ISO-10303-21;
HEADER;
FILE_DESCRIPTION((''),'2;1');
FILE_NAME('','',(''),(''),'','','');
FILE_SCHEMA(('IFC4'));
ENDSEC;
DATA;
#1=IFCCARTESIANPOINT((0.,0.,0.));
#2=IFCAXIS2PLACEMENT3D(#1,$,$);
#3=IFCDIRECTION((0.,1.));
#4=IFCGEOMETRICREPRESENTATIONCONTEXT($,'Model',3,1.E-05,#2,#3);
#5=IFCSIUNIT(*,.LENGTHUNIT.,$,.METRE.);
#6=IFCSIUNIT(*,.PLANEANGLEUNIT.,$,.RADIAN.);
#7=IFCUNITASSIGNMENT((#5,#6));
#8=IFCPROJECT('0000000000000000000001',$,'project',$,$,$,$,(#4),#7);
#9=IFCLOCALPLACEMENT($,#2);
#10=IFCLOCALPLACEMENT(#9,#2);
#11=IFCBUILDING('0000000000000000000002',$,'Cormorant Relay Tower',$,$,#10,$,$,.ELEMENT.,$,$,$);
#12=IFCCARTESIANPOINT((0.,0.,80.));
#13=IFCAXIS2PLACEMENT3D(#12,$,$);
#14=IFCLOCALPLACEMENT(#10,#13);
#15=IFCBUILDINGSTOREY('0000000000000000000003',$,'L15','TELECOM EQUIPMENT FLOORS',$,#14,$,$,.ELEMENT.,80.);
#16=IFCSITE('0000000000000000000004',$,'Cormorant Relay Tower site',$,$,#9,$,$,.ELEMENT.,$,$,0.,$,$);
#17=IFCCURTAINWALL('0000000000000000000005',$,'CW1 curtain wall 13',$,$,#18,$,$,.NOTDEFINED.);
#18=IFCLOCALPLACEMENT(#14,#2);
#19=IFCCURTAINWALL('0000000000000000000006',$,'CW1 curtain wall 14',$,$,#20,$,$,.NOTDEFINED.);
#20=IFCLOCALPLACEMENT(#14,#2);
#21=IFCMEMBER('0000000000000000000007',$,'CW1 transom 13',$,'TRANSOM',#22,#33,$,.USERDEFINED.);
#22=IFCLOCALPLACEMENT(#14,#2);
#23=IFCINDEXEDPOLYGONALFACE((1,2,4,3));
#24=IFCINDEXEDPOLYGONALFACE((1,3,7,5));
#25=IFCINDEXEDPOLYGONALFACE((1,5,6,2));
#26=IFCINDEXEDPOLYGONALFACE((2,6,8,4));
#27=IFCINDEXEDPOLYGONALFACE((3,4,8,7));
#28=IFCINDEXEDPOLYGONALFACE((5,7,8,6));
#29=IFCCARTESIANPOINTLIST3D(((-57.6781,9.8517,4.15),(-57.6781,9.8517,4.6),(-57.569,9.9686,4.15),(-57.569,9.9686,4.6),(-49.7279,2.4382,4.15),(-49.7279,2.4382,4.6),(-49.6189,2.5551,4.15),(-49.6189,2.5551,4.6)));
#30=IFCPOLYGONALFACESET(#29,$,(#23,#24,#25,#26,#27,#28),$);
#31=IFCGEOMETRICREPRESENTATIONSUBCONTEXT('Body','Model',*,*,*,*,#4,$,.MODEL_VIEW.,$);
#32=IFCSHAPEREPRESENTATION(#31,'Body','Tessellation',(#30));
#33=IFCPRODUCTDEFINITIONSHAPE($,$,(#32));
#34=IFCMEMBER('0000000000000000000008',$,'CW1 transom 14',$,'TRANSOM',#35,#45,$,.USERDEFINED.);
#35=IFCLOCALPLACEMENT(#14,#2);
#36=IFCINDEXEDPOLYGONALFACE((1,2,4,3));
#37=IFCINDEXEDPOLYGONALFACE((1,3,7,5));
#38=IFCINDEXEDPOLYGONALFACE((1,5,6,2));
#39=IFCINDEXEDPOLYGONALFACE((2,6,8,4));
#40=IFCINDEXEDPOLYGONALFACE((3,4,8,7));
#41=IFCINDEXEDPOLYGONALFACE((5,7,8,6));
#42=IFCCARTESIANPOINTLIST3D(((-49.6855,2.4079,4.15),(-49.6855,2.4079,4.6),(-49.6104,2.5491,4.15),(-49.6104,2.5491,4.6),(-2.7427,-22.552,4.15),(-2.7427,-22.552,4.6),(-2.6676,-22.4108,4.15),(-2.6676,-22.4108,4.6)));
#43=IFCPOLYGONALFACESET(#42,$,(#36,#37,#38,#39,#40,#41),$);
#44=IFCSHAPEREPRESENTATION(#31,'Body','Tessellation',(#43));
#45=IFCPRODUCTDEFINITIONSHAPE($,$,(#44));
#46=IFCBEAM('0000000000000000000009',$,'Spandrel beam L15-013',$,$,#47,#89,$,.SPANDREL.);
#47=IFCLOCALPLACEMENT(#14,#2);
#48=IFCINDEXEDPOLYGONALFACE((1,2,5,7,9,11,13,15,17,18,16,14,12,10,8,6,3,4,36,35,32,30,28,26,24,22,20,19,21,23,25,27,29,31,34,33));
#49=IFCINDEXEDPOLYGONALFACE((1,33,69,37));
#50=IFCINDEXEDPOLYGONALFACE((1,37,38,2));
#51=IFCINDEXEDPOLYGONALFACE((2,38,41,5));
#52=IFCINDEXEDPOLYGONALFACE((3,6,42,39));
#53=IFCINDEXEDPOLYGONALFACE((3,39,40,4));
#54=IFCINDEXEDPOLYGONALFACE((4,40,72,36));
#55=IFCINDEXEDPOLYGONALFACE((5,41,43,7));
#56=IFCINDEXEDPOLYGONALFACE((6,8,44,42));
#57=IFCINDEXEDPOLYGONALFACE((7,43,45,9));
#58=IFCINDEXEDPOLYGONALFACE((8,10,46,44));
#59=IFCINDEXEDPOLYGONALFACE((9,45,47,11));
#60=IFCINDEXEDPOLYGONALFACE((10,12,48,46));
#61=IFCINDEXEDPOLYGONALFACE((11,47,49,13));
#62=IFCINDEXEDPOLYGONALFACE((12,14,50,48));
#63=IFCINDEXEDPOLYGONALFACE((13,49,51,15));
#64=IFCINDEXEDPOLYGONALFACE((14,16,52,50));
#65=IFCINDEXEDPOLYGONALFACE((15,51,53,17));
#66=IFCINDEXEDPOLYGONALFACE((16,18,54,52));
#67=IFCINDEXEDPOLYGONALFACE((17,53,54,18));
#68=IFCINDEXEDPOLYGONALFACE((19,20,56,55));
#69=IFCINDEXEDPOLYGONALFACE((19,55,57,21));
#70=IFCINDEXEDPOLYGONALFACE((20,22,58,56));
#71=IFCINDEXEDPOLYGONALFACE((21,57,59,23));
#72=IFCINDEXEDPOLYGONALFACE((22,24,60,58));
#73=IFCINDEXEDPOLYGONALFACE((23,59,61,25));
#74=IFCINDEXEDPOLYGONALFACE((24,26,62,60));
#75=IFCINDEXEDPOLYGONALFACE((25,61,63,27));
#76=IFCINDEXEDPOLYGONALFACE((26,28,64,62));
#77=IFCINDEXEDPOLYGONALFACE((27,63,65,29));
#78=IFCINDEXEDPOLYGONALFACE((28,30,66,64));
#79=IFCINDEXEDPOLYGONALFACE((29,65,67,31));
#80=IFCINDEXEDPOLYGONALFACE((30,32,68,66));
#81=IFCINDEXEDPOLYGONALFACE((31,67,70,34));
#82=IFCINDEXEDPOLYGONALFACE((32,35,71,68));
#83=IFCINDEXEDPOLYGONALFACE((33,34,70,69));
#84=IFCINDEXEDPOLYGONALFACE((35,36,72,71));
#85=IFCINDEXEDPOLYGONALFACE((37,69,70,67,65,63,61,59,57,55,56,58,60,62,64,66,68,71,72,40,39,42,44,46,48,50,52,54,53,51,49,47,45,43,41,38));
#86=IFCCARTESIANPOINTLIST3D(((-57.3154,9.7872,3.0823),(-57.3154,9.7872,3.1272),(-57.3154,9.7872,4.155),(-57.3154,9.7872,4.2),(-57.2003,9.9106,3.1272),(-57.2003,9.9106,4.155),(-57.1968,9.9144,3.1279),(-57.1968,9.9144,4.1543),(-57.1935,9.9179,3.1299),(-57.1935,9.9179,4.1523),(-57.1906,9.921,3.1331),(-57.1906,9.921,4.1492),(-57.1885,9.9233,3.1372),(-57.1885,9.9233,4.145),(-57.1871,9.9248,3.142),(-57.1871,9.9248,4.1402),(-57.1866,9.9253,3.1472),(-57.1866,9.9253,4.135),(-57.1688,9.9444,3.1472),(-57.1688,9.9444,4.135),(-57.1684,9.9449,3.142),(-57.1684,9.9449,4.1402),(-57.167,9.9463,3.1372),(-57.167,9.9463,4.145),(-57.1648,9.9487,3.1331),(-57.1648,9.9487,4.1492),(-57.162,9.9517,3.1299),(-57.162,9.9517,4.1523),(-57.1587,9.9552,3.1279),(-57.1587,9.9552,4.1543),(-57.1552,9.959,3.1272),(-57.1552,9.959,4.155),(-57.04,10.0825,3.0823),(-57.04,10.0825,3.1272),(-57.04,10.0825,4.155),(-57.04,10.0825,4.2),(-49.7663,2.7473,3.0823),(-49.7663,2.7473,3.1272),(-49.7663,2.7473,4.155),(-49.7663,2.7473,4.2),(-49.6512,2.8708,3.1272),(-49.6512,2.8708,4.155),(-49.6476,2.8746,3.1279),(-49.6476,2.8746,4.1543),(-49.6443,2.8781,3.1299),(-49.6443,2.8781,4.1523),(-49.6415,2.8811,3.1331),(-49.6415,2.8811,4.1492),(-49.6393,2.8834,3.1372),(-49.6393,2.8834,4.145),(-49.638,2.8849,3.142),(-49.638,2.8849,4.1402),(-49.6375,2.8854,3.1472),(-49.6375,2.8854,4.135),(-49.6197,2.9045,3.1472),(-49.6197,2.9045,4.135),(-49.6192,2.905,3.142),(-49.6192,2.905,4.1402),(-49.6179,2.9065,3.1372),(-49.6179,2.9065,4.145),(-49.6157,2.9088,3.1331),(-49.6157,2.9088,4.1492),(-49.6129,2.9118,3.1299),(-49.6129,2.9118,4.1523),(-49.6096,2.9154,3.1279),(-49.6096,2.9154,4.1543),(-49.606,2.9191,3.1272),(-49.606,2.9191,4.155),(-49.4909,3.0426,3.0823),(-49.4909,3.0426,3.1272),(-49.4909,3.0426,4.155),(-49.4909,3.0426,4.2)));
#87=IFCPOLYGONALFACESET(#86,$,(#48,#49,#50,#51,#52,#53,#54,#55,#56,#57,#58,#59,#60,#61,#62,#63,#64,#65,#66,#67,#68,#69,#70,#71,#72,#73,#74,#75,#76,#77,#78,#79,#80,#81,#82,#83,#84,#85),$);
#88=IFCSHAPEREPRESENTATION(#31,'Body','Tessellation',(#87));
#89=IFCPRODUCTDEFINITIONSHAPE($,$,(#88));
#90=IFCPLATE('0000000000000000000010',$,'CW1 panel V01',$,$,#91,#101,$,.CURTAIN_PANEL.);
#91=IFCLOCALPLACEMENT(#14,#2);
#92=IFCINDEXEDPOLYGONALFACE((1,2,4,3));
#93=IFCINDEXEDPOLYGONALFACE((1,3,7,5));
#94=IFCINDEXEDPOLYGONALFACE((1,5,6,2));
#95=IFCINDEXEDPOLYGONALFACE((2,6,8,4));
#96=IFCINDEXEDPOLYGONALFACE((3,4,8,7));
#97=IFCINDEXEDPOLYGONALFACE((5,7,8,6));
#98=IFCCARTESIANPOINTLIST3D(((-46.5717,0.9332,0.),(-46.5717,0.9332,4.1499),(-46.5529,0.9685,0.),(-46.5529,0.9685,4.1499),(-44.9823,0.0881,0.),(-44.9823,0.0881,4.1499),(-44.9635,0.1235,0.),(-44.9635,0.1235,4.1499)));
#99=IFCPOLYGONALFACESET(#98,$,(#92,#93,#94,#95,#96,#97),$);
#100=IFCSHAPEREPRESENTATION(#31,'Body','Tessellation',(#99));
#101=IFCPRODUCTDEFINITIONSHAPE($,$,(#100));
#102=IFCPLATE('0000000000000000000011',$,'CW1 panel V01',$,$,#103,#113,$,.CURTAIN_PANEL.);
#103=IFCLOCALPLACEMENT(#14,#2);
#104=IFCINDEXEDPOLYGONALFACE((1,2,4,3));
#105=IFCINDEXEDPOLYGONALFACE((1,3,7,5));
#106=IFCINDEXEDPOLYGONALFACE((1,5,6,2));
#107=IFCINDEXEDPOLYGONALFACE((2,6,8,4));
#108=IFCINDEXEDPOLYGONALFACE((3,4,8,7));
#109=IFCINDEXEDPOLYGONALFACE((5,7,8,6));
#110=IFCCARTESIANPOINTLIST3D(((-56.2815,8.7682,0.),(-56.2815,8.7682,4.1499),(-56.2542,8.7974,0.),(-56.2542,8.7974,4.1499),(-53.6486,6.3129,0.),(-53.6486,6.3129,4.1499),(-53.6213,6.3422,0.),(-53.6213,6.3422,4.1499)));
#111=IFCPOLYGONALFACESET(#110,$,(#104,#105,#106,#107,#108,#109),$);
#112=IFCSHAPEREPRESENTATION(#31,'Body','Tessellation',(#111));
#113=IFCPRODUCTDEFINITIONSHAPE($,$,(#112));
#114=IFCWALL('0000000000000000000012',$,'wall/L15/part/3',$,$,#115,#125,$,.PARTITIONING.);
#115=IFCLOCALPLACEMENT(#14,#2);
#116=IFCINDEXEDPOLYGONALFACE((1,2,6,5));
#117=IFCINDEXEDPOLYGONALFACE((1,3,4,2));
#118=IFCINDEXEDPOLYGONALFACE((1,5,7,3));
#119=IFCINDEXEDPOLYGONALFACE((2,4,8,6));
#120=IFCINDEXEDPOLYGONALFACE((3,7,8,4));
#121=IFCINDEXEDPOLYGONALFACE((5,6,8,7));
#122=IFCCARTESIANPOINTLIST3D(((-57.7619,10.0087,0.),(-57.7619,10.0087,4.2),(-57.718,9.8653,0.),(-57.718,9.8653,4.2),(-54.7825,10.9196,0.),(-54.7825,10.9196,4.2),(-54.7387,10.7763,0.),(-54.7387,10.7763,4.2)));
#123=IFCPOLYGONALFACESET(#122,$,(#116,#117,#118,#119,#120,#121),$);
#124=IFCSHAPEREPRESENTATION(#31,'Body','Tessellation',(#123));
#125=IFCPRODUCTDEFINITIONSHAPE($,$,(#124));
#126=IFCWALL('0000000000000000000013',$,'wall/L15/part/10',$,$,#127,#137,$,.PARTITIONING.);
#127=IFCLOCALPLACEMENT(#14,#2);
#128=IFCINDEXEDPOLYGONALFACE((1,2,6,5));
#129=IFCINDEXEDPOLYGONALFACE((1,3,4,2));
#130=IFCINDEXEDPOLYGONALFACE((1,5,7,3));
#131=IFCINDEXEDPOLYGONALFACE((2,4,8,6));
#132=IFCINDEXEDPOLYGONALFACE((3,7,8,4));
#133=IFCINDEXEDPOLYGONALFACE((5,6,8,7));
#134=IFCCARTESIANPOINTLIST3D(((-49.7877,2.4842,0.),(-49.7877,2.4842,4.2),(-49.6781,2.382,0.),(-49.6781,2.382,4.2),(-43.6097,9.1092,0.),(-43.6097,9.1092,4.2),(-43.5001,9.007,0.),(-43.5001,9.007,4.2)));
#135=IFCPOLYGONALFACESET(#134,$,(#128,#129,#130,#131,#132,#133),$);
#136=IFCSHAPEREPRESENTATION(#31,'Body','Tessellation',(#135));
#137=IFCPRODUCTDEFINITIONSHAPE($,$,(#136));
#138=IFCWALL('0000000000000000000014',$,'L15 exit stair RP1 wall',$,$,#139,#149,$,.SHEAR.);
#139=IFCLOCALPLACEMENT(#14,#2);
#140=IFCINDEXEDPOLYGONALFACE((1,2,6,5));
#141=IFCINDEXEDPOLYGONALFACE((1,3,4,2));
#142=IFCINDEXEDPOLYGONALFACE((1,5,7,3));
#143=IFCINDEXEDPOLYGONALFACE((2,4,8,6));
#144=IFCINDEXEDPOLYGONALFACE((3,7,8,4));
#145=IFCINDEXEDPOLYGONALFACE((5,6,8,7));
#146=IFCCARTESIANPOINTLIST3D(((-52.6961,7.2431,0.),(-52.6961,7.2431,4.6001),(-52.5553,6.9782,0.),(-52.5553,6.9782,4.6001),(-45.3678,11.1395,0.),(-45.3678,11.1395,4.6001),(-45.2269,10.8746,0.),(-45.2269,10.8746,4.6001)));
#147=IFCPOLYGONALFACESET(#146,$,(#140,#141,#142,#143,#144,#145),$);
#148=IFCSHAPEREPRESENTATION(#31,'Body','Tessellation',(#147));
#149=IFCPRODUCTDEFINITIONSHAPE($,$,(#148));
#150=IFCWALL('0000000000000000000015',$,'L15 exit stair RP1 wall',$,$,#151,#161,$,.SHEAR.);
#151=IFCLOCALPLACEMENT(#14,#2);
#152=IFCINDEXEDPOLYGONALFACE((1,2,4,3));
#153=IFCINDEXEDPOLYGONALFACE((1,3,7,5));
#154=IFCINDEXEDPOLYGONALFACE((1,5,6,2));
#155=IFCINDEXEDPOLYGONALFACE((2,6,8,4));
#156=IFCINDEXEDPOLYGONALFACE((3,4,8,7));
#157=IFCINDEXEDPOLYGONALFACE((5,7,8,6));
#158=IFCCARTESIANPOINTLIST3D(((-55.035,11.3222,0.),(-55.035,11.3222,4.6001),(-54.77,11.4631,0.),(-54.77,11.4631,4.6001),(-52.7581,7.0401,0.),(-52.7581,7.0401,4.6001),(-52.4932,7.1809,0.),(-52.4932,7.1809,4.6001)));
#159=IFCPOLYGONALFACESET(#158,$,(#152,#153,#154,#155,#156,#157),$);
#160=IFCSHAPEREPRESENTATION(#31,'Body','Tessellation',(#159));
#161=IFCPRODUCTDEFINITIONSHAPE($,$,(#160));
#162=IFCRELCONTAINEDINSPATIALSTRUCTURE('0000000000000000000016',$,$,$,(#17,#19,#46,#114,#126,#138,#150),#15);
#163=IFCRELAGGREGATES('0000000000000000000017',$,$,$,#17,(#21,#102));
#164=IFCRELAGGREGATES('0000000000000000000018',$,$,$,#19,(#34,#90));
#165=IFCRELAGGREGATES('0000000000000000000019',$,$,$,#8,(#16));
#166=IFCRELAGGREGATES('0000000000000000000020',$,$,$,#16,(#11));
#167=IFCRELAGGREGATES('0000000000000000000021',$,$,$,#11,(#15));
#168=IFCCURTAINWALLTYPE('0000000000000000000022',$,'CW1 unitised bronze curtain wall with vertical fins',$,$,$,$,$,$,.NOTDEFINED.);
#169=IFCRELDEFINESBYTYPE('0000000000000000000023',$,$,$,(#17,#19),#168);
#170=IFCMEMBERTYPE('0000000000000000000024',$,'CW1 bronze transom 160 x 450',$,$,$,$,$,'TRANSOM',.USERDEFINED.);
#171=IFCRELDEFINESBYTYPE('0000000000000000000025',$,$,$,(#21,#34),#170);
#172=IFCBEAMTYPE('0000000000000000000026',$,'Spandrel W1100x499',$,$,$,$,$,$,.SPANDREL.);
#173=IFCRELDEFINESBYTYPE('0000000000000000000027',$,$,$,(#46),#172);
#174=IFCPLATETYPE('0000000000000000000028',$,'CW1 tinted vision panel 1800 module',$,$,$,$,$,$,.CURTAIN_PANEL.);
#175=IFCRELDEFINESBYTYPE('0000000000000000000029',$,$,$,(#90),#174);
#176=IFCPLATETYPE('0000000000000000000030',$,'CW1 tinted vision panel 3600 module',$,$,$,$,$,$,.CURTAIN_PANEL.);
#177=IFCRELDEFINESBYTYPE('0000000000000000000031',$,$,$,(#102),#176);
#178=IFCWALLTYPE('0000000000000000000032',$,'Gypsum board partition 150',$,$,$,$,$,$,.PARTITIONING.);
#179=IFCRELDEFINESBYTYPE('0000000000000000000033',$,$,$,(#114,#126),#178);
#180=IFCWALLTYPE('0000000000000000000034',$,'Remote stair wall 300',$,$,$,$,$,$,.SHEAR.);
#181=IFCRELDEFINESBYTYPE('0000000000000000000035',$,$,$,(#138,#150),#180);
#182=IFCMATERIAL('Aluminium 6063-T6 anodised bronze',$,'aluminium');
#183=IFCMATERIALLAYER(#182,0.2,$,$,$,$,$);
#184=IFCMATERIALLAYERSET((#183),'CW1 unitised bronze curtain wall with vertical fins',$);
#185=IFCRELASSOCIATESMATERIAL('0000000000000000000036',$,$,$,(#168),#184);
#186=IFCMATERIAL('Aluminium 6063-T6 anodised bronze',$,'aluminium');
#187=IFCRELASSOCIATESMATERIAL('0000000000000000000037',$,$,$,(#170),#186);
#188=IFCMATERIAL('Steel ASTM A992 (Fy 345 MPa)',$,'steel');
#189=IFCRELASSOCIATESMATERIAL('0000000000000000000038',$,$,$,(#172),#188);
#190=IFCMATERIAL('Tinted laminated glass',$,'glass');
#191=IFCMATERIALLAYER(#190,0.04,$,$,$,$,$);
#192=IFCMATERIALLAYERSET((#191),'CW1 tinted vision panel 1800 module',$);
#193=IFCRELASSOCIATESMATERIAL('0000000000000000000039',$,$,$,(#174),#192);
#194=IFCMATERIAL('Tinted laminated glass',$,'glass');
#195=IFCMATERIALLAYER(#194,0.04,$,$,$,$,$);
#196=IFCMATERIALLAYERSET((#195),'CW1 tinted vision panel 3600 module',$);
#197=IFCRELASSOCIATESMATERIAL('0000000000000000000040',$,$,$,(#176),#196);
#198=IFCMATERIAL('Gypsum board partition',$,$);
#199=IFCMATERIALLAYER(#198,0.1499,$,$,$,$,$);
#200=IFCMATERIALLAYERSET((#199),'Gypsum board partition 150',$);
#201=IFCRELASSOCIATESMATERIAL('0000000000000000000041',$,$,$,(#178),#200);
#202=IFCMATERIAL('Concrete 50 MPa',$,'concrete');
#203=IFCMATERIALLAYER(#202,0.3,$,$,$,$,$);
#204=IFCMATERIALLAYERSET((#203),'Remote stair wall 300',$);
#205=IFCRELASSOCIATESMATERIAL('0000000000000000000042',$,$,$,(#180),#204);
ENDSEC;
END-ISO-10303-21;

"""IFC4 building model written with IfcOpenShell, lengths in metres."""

from ifc_helpers import new_model, si_unit, direction, frame, frame_2d, origin, origin_2d, place, context, subcontext, project, spatial, rectangle, i_section, extrude, material, layer, layer_set, material_profile, profile_set, type_object, element, aggregate, save


model = new_model("IFC4")

# Units and contexts
model_context = context("Model", 3, precision=1e-05, world=origin(), true_north=direction((0.0, 1.0)))
body_context = subcontext(model_context, "Body", "Model", "MODEL_VIEW")
ifc_project = project(units=[si_unit("LENGTHUNIT", "METRE"), si_unit("PLANEANGLEUNIT", "RADIAN")], contexts=[model_context])

# Site, building, storey
site_placement = place(None, origin())
site = spatial("IfcSite", under=ifc_project, at=site_placement, Name="Cormorant Relay Tower site", CompositionType="ELEMENT", RefElevation=0.0)
building_placement = place(site_placement, origin())
building = spatial("IfcBuilding", under=site, at=building_placement, Name="Cormorant Relay Tower", CompositionType="ELEMENT")
storey_placement = place(building_placement, frame((0.0, 0.0, 80.0)))
storey = spatial("IfcBuildingStorey", under=building, at=storey_placement, Name="L15", Description="TELECOM EQUIPMENT FLOORS", CompositionType="ELEMENT", Elevation=80.0)

# Curtain walls
ifc_material_1 = material(Name="Aluminium 6063-T6 anodised bronze", Category="aluminium")
ifc_layer_1 = layer(ifc_material_1, 0.2)
ifc_layer_set_1 = layer_set([ifc_layer_1], Name="CW1 unitised bronze curtain wall with vertical fins")
curtain_wall_type = type_object("IfcCurtainWallType", Name="CW1 unitised bronze curtain wall with vertical fins", PredefinedType="NOTDEFINED", material=ifc_layer_set_1)
curtain_wall_1_placement = place(storey_placement, origin())
curtain_wall_1 = element("IfcCurtainWall", 1, at=curtain_wall_1_placement, inside=storey, type_object=curtain_wall_type, Name="CW1 curtain wall 13", PredefinedType="NOTDEFINED")
curtain_wall_2_placement = place(storey_placement, origin())
curtain_wall_2 = element("IfcCurtainWall", 2, at=curtain_wall_2_placement, inside=storey, type_object=curtain_wall_type, Name="CW1 curtain wall 14", PredefinedType="NOTDEFINED")

# Members
ifc_material_2 = material(Name="Aluminium 6063-T6 anodised bronze", Category="aluminium")
ifc_material_profile_1 = material_profile(ifc_material_2, rectangle(XDim=0.1599, YDim=0.45, at=origin_2d()), Name="AL 160x450")
ifc_profile_set_1 = profile_set([ifc_material_profile_1], Name="Aluminium 6063-T6 anodised bronze")
member_type_1 = type_object("IfcMemberType", Name="CW1 bronze transom 160 x 450", ElementType="TRANSOM", PredefinedType="USERDEFINED", material=ifc_profile_set_1)
member_1_placement = place(storey_placement, frame((-57.6235, 9.9102, 4.375), z_axis=(0.731358, -0.681993, 0.0), x_axis=(0.681993, 0.731358, 0.0)))
member_1 = element("IfcMember", 3, at=member_1_placement, type_object=member_type_1, Name="CW1 transom 13", ObjectType="TRANSOM", PredefinedType="USERDEFINED", context=body_context, shape_type="SweptSolid", body=[
    extrude(rectangle(XDim=0.1599, YDim=0.45, at=origin_2d()), origin(), (0.0, 0.0, 1.0), 10.8704),
])
member_2_placement = place(storey_placement, frame((-49.6479, 2.4785, 4.375), z_axis=(0.882948, -0.469471, 0.0), x_axis=(0.469471, 0.882948, 0.0)))
member_2 = element("IfcMember", 4, at=member_2_placement, type_object=member_type_1, Name="CW1 transom 14", ObjectType="TRANSOM", PredefinedType="USERDEFINED", context=body_context, shape_type="SweptSolid", body=[
    extrude(rectangle(XDim=0.1599, YDim=0.45, at=origin_2d()), origin(), (0.0, 0.0, 1.0), 53.166),
])

# Beam
ifc_material_3 = material(Name="Steel ASTM A992 (Fy 345 MPa)", Category="steel")
ifc_material_profile_2 = material_profile(ifc_material_3, i_section(OverallWidth=0.4038, OverallDepth=1.1177, WebThickness=0.0261, FlangeThickness=0.0449, FilletRadius=0.02, at=origin_2d()), Name="W1100x499")
ifc_profile_set_2 = profile_set([ifc_material_profile_2], Name="Steel ASTM A992 (Fy 345 MPa)")
beam_type = type_object("IfcBeamType", Name="Spandrel W1100x499", PredefinedType="SPANDREL", material=ifc_profile_set_2)
beam_placement = place(storey_placement, frame((-57.1777, 9.9348, 3.6411), z_axis=(0.731345, -0.682007, 0.0), x_axis=(0.682007, 0.731345, 0.0)))
element("IfcBeam", 5, at=beam_placement, inside=storey, type_object=beam_type, Name="Spandrel beam L15-013", PredefinedType="SPANDREL", context=body_context, shape_type="SweptSolid", body=[
    extrude(i_section(OverallWidth=0.4038, OverallDepth=1.1177, WebThickness=0.0261, FlangeThickness=0.0449, FilletRadius=0.02, at=origin_2d()), origin(), (0.0, 0.0, 1.0), 10.3223),
])

# Plates
ifc_material_4 = material(Name="Tinted laminated glass", Category="glass")
ifc_layer_2 = layer(ifc_material_4, 0.04)
ifc_layer_set_2 = layer_set([ifc_layer_2], Name="CW1 tinted vision panel 1800 module")
plate_type_1 = type_object("IfcPlateType", Name="CW1 tinted vision panel 1800 module", PredefinedType="CURTAIN_PANEL", material=ifc_layer_set_2)
plate_1_placement = place(storey_placement, frame((-45.7676, 0.5283, 0.0), z_axis=(0.0, 0.0, 1.0), x_axis=(0.882948, -0.469472, 0.0)))
plate_1 = element("IfcPlate", 6, at=plate_1_placement, type_object=plate_type_1, Name="CW1 panel V01", PredefinedType="CURTAIN_PANEL", context=body_context, shape_type="SweptSolid", body=[
    extrude(rectangle(XDim=1.8, YDim=0.04, at=origin_2d()), origin(), (0.0, 0.0, 1.0), 4.1499),
])
ifc_material_5 = material(Name="Tinted laminated glass", Category="glass")
ifc_layer_3 = layer(ifc_material_5, 0.04)
ifc_layer_set_3 = layer_set([ifc_layer_3], Name="CW1 tinted vision panel 3600 module")
plate_type_2 = type_object("IfcPlateType", Name="CW1 tinted vision panel 3600 module", PredefinedType="CURTAIN_PANEL", material=ifc_layer_set_3)
plate_2_placement = place(storey_placement, frame((-54.9514, 7.5552, 0.0), z_axis=(0.0, 0.0, 1.0), x_axis=(0.731354, -0.681998, 0.0)))
plate_2 = element("IfcPlate", 7, at=plate_2_placement, type_object=plate_type_2, Name="CW1 panel V01", PredefinedType="CURTAIN_PANEL", context=body_context, shape_type="SweptSolid", body=[
    extrude(rectangle(XDim=3.6001, YDim=0.04, at=origin_2d()), origin(), (0.0, 0.0, 1.0), 4.1499),
])

# Walls
ifc_material_6 = material(Name="Gypsum board partition")
ifc_layer_4 = layer(ifc_material_6, 0.1499)
ifc_layer_set_4 = layer_set([ifc_layer_4], Name="Gypsum board partition 150")
wall_type_1 = type_object("IfcWallType", Name="Gypsum board partition 150", PredefinedType="PARTITIONING", material=ifc_layer_set_4)
wall_1_placement = place(storey_placement, frame((-54.7607, 10.8479, 0.0), z_axis=(0.0, 0.0, 1.0), x_axis=(-0.956301, -0.292384, 0.0)))
element("IfcWall", 8, at=wall_1_placement, inside=storey, type_object=wall_type_1, Name="wall/L15/part/3", PredefinedType="PARTITIONING", context=body_context, shape_type="SweptSolid", body=[
    extrude(rectangle(XDim=3.1155, YDim=0.1499, at=frame_2d((1.5576, 0.0))), origin(), (0.0, 0.0, 1.0), 4.2),
])
wall_2_placement = place(storey_placement, frame((-49.7329, 2.4331, 0.0), z_axis=(0.0, 0.0, 1.0), x_axis=(0.682002, 0.73135, 0.0)))
element("IfcWall", 9, at=wall_2_placement, inside=storey, type_object=wall_type_1, Name="wall/L15/part/10", PredefinedType="PARTITIONING", context=body_context, shape_type="SweptSolid", body=[
    extrude(rectangle(XDim=9.0586, YDim=0.1499, at=frame_2d((4.5293, 0.0))), origin(), (0.0, 0.0, 1.0), 4.2),
])
ifc_material_7 = material(Name="Concrete 50 MPa", Category="concrete")
ifc_layer_5 = layer(ifc_material_7, 0.3)
ifc_layer_set_5 = layer_set([ifc_layer_5], Name="Remote stair wall 300")
wall_type_2 = type_object("IfcWallType", Name="Remote stair wall 300", PredefinedType="SHEAR", material=ifc_layer_set_5)
wall_3_placement = place(storey_placement, frame((-45.2974, 11.0071, 0.0), z_axis=(0.0, 0.0, 1.0), x_axis=(-0.882952, -0.469464, 0.0)))
element("IfcWall", 10, at=wall_3_placement, inside=storey, type_object=wall_type_2, Name="L15 exit stair RP1 wall", PredefinedType="SHEAR", context=body_context, shape_type="SweptSolid", body=[
    extrude(rectangle(XDim=8.2998, YDim=0.3, at=frame_2d((4.1499, 0.0))), origin(), (0.0, 0.0, 1.0), 4.6001),
])
wall_4_placement = place(storey_placement, frame((-52.6257, 7.1106, 0.0), z_axis=(0.0, 0.0, 1.0), x_axis=(-0.469464, 0.882951, 0.0)))
element("IfcWall", 11, at=wall_4_placement, inside=storey, type_object=wall_type_2, Name="L15 exit stair RP1 wall", PredefinedType="SHEAR", context=body_context, shape_type="SweptSolid", body=[
    extrude(rectangle(XDim=4.8499, YDim=0.3, at=frame_2d((2.4248, 0.0))), origin(), (0.0, 0.0, 1.0), 4.6001),
])

aggregate(curtain_wall_1, [member_1, plate_2])
aggregate(curtain_wall_2, [member_2, plate_1])

save(model, "model.ifc")
